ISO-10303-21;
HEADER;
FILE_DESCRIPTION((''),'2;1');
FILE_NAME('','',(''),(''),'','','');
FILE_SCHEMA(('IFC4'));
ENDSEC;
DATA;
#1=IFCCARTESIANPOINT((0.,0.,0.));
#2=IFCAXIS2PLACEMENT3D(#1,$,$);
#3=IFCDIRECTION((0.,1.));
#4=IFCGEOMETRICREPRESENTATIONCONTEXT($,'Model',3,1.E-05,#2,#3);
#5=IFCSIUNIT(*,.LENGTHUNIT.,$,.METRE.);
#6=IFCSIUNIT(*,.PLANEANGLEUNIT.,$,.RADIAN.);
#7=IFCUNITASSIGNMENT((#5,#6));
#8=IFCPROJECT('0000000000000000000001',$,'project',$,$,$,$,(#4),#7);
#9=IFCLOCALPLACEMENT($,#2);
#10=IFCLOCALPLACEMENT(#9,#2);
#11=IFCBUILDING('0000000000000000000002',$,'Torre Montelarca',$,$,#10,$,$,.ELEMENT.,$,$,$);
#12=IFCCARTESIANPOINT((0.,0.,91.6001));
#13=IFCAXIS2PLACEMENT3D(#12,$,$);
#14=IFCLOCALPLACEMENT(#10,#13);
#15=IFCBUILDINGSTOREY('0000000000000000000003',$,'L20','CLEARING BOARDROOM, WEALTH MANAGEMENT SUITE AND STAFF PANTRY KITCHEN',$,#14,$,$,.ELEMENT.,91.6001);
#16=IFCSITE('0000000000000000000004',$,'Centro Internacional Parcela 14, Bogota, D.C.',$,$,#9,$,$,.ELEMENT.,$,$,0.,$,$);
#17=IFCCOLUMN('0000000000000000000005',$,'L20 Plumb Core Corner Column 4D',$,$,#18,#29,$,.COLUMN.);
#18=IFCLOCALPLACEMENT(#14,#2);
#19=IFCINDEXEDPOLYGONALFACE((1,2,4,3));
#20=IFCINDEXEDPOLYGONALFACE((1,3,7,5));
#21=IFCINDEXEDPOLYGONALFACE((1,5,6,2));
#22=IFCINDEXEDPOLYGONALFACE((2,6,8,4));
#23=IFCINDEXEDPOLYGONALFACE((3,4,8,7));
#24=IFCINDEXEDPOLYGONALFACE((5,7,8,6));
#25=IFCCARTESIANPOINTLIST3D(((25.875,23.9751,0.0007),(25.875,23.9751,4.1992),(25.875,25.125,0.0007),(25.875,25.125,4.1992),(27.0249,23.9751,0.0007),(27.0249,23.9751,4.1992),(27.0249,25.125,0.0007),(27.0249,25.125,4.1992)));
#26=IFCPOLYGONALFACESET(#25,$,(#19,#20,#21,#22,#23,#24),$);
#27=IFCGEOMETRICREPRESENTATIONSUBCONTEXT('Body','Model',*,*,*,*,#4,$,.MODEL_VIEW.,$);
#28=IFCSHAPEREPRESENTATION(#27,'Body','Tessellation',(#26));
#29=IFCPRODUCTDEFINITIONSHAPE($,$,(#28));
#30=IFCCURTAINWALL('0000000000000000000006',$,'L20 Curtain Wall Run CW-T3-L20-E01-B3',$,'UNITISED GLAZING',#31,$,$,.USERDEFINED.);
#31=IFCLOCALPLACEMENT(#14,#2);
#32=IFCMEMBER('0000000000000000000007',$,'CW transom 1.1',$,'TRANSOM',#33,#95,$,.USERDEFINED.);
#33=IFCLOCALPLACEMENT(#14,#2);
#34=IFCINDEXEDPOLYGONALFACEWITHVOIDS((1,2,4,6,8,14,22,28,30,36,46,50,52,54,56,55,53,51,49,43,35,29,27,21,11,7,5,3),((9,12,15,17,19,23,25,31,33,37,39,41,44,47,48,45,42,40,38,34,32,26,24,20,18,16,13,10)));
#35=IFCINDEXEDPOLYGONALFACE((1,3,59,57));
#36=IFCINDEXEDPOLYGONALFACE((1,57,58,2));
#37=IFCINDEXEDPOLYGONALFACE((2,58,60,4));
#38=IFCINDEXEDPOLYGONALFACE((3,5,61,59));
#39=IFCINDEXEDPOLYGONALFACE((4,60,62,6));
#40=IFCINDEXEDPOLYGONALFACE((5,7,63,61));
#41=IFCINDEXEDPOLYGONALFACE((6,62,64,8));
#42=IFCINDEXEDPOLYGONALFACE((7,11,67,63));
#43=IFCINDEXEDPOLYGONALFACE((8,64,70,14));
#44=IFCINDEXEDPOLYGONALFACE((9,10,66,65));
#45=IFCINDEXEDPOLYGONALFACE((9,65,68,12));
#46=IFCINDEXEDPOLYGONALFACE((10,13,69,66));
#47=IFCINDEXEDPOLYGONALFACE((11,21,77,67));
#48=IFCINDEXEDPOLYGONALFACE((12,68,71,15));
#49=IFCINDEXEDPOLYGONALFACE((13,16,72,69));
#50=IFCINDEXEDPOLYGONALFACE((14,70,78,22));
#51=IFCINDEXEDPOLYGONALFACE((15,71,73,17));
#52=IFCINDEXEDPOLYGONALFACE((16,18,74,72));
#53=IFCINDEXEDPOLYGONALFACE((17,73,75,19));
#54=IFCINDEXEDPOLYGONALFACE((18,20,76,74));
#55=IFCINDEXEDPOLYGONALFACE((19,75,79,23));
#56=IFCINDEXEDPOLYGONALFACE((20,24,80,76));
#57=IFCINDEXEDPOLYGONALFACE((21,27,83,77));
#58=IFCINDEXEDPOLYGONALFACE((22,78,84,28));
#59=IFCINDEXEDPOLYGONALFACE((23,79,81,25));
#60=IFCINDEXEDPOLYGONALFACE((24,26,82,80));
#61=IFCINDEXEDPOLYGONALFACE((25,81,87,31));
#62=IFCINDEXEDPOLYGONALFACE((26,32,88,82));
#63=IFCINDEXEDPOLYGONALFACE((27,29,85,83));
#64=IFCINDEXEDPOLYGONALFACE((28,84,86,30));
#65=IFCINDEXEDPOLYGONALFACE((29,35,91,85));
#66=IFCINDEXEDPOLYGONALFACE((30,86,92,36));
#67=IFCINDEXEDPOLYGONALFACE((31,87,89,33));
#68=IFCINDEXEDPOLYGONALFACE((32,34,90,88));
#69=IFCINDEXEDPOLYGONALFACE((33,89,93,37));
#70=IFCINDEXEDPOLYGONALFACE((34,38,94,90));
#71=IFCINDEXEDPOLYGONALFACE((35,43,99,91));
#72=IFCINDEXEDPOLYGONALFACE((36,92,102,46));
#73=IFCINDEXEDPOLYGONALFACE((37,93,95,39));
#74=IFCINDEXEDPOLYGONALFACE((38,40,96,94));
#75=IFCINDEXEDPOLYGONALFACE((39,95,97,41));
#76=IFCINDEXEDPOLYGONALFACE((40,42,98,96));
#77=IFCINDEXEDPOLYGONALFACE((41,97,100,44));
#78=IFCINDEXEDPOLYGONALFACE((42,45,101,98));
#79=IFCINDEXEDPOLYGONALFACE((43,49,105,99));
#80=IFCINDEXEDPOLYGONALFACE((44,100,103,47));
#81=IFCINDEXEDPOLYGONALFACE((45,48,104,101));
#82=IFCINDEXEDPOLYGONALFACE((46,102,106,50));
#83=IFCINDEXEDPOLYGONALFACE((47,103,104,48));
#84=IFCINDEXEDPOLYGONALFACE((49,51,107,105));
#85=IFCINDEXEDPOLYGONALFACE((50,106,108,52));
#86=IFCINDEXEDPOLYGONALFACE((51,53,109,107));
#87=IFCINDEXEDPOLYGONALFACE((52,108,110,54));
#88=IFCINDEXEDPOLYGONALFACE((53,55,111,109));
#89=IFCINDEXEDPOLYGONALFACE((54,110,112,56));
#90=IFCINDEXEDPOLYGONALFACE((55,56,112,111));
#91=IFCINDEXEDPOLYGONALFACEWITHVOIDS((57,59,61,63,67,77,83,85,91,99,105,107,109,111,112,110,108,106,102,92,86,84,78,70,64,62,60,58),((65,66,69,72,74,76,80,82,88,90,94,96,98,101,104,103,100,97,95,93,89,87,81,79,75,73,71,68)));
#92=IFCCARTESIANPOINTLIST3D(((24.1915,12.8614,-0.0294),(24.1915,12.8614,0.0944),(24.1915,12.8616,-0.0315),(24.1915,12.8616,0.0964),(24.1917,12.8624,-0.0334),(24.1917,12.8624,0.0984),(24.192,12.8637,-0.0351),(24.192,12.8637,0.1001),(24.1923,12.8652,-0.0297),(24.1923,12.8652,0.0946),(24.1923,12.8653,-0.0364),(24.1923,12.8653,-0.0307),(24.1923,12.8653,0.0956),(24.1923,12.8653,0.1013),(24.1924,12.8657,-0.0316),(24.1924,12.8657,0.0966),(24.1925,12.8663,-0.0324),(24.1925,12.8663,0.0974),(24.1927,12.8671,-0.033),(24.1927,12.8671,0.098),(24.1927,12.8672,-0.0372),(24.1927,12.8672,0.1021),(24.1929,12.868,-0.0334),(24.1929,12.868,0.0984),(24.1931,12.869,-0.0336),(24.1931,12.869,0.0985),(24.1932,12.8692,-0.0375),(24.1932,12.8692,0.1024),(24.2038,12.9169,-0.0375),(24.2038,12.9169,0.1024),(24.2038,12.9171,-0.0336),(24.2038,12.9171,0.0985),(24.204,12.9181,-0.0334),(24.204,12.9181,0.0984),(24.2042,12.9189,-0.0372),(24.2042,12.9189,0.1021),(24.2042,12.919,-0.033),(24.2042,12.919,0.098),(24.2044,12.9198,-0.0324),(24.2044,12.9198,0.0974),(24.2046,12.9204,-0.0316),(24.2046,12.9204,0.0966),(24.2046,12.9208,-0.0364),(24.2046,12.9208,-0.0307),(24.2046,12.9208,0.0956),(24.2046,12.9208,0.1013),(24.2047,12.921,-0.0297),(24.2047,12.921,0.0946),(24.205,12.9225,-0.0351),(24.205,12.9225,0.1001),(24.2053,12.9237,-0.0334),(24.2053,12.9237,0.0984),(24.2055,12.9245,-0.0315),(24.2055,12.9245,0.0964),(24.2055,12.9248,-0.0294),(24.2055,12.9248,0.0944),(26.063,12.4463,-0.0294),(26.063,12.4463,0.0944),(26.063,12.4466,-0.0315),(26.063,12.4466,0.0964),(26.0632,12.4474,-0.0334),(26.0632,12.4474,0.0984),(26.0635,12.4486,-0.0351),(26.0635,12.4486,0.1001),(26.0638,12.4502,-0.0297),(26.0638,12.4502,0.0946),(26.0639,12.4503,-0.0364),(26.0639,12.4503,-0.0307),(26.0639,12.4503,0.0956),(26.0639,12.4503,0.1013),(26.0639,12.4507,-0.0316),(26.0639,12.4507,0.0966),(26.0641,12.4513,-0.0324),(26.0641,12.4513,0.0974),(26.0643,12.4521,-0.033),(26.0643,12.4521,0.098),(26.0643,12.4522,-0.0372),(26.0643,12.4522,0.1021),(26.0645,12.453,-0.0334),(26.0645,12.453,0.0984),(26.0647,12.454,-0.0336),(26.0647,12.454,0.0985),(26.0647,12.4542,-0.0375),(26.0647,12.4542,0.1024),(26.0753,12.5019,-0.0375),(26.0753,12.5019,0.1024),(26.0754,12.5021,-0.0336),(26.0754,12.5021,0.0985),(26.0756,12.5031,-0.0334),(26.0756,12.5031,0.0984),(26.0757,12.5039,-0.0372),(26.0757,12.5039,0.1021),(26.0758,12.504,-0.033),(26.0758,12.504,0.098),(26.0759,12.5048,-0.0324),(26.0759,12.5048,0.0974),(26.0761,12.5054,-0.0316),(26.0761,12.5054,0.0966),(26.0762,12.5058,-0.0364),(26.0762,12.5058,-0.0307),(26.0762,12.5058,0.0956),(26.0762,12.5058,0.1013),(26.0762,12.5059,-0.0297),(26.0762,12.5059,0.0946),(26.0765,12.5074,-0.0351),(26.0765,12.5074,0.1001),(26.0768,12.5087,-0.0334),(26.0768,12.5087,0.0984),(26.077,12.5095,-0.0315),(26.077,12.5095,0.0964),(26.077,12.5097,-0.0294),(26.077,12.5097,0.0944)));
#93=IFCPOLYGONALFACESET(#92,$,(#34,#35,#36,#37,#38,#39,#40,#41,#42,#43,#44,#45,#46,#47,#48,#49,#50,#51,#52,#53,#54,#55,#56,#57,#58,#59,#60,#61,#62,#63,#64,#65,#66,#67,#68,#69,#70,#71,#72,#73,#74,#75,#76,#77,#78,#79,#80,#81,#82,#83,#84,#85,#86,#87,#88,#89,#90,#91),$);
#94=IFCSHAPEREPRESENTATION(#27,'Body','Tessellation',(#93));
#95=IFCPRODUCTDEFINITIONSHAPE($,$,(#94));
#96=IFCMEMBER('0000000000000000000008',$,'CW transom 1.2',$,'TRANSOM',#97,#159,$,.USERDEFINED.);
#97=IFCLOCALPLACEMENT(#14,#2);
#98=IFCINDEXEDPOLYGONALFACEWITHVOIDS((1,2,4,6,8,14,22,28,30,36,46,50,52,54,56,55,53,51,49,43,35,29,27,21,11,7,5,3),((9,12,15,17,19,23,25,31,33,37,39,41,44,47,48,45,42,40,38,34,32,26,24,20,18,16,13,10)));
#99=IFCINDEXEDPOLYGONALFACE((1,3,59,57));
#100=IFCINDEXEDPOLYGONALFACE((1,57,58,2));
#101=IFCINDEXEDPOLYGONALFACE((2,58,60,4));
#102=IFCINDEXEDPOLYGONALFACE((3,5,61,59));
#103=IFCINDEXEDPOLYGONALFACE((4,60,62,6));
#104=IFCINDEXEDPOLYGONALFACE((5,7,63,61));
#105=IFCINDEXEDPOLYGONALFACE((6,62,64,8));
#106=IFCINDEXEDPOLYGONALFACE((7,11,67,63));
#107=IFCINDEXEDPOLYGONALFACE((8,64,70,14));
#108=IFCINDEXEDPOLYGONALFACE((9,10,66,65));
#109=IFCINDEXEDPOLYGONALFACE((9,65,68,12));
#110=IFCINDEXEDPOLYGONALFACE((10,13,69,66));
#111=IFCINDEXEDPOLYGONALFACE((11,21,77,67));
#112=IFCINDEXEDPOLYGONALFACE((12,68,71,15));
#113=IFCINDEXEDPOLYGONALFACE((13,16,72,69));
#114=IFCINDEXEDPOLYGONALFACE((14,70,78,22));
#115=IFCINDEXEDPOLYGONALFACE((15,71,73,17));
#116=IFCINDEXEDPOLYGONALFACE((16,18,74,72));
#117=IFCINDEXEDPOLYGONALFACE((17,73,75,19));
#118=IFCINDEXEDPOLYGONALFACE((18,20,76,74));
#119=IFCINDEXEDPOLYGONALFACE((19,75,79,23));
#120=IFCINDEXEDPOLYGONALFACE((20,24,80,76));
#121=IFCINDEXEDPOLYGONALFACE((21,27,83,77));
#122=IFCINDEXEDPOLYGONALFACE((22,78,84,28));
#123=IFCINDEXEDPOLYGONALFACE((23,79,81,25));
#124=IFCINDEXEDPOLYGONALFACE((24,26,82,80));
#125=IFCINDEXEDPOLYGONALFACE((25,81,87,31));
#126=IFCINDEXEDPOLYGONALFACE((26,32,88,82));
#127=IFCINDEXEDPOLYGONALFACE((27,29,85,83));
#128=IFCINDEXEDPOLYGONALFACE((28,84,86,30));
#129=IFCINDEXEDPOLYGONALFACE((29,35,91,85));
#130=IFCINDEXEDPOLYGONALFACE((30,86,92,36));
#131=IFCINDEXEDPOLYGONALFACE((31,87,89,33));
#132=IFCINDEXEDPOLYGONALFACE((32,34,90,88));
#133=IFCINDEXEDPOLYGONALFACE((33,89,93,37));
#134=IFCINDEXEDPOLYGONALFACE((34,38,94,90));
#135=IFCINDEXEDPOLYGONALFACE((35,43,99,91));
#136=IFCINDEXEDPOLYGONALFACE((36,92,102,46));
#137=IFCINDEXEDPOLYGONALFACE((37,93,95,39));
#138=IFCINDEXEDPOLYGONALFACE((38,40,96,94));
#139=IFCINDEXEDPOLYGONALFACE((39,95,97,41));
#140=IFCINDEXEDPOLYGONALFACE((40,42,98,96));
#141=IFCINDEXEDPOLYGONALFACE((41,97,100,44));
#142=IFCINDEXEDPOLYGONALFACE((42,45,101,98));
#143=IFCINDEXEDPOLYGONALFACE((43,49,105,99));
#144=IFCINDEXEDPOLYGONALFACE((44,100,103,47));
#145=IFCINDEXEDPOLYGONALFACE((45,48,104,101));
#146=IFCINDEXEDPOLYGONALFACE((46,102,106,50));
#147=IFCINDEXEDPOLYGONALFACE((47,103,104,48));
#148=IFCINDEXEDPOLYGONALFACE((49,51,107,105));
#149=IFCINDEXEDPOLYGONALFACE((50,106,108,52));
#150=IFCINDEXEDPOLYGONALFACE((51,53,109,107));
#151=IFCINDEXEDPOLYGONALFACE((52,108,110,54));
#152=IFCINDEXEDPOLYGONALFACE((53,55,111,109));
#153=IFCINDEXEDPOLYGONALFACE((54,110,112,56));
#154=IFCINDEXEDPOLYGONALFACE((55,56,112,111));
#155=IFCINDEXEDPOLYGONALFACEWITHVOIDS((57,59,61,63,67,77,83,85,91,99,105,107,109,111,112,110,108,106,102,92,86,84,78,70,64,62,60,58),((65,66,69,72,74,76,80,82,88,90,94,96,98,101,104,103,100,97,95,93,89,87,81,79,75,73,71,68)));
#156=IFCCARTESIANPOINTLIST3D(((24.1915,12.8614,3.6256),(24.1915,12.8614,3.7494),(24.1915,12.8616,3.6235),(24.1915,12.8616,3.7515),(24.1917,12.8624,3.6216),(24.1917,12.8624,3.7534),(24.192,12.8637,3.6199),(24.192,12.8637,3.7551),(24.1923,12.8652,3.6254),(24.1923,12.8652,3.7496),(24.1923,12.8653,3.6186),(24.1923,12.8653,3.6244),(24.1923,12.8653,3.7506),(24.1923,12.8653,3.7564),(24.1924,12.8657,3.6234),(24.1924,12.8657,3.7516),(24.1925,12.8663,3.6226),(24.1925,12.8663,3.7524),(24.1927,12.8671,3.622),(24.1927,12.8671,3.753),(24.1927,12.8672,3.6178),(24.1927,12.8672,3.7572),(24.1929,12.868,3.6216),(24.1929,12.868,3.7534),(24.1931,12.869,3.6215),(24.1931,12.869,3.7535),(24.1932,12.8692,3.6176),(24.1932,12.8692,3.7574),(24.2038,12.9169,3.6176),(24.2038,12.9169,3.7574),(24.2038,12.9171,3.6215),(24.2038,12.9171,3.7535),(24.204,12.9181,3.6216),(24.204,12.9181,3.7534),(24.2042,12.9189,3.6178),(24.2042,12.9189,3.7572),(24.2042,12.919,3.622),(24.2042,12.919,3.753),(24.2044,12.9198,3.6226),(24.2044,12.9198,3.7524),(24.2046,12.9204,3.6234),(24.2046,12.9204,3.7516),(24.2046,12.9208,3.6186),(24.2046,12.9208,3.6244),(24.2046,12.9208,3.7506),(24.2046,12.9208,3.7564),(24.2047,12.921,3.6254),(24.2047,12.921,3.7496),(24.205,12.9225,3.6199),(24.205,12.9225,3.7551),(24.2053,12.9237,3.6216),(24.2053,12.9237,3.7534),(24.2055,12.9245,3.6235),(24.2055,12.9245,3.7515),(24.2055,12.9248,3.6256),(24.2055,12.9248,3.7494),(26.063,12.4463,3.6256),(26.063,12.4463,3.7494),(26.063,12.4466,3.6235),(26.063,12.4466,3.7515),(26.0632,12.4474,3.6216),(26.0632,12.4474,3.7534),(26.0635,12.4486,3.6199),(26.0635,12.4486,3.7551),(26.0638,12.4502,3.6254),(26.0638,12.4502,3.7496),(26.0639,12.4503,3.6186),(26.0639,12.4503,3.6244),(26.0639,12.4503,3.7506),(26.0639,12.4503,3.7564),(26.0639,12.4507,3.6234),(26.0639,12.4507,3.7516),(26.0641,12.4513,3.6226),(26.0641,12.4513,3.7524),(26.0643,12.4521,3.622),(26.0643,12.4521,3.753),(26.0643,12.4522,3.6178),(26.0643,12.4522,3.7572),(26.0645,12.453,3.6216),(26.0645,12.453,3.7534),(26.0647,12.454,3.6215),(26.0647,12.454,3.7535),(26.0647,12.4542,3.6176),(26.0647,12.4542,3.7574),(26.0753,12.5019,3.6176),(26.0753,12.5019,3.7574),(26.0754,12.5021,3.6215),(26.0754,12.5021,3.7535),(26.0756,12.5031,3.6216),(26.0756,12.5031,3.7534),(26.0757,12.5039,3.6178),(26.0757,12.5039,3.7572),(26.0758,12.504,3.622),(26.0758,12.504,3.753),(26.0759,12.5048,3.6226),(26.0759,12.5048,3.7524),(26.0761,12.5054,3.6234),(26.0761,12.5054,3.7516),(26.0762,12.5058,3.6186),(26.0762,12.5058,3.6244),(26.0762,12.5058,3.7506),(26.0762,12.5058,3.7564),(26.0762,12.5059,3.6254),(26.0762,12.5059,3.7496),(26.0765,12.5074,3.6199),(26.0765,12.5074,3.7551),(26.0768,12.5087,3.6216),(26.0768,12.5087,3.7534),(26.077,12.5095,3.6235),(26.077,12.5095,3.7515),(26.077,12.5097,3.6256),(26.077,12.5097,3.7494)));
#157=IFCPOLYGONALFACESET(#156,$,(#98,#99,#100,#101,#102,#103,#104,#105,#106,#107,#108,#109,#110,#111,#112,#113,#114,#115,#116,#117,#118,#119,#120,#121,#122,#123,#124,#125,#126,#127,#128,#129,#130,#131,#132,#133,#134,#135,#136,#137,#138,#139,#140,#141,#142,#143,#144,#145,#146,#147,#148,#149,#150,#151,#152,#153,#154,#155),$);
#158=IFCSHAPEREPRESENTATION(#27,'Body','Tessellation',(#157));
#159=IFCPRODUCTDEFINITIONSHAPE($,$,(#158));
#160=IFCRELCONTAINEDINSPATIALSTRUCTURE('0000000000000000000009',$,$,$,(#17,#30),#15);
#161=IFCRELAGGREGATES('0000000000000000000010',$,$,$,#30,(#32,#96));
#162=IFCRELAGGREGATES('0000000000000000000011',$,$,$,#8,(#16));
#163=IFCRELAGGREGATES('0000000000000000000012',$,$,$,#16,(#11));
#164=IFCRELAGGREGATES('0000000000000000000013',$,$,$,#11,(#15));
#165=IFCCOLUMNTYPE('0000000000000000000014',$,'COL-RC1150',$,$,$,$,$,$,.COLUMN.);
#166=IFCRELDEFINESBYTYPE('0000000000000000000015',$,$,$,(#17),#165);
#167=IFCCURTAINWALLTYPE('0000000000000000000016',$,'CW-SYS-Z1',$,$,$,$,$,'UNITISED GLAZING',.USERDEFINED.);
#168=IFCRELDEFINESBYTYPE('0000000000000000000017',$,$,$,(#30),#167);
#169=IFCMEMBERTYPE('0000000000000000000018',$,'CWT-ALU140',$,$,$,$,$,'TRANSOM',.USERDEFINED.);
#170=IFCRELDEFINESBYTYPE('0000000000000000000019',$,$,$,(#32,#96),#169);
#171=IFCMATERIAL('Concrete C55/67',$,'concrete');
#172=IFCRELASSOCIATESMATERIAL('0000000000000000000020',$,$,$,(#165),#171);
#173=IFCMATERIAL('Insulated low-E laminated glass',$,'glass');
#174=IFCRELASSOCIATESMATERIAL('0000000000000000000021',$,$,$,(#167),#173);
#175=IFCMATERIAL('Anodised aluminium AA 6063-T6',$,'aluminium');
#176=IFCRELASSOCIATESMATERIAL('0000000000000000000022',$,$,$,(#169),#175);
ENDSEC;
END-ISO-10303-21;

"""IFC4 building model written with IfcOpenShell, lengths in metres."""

from ifc_helpers import new_model, si_unit, direction, frame, origin, origin_2d, place, context, subcontext, project, spatial, rectangle, hollow_rectangle, extrude, source, transform, mapped, material, material_profile, profile_set, type_object, element, aggregate, save


model = new_model("IFC4")

# Units and contexts
model_context = context("Model", 3, precision=1e-05, world=origin(), true_north=direction((0.0, 1.0)))
body_context = subcontext(model_context, "Body", "Model", "MODEL_VIEW")
ifc_project = project(units=[si_unit("LENGTHUNIT", "METRE"), si_unit("PLANEANGLEUNIT", "RADIAN")], contexts=[model_context])

# Site, building, storey
site_placement = place(None, origin())
site = spatial("IfcSite", under=ifc_project, at=site_placement, Name="Centro Internacional Parcela 14, Bogota, D.C.", CompositionType="ELEMENT", RefElevation=0.0)
building_placement = place(site_placement, origin())
building = spatial("IfcBuilding", under=site, at=building_placement, Name="Torre Montelarca", CompositionType="ELEMENT")
storey_placement = place(building_placement, frame((0.0, 0.0, 91.6001)))
storey = spatial("IfcBuildingStorey", under=building, at=storey_placement, Name="L20", Description="CLEARING BOARDROOM, WEALTH MANAGEMENT SUITE AND STAFF PANTRY KITCHEN", CompositionType="ELEMENT", Elevation=91.6001)

# Column
ifc_material_1 = material(Name="Concrete C55/67", Category="concrete")
ifc_material_profile_1 = material_profile(ifc_material_1, rectangle(XDim=1.1499, YDim=1.1499, at=origin_2d()), Name="RC1150X1150", Category="concrete")
ifc_profile_set_1 = profile_set([ifc_material_profile_1], Name="Concrete C55/67")
column_type_1 = type_object("IfcColumnType", Name="COL-RC1150", PredefinedType="COLUMN", material=ifc_profile_set_1)
shared_shape_1 = source(origin(), body_context, "Body", "SweptSolid", [
    extrude(rectangle(XDim=1.1499, YDim=1.1499, at=origin_2d()), origin(), (0.0, 0.0, 1.0), 4.1985),
])
column_1_placement = place(storey_placement, frame((26.45, 24.55, 0.0007), z_axis=(0.0, 0.0, 1.0), x_axis=(1.0, 0.0, 0.0)))
element("IfcColumn", 1, at=column_1_placement, inside=storey, type_object=column_type_1, Name="L20 Plumb Core Corner Column 4D", PredefinedType="COLUMN", context=body_context, shape_type="MappedRepresentation", body=[
    mapped(shared_shape_1, transform((0.0, 0.0, 0.0), scale=1.0)),
])

# Curtain wall, members
ifc_material_2 = material(Name="Insulated low-E laminated glass", Category="glass")
curtain_wall_type = type_object("IfcCurtainWallType", Name="CW-SYS-Z1", ElementType="UNITISED GLAZING", PredefinedType="USERDEFINED", material=ifc_material_2)
curtain_wall_1_placement = place(storey_placement, origin())
curtain_wall_1 = element("IfcCurtainWall", 2, at=curtain_wall_1_placement, inside=storey, type_object=curtain_wall_type, Name="L20 Curtain Wall Run CW-T3-L20-E01-B3", ObjectType="UNITISED GLAZING", PredefinedType="USERDEFINED")
ifc_material_3 = material(Name="Anodised aluminium AA 6063-T6", Category="aluminium")
ifc_material_profile_2 = material_profile(ifc_material_3, hollow_rectangle(XDim=0.0649, YDim=0.1399, WallThickness=0.0039, InnerFilletRadius=0.0039, OuterFilletRadius=0.0081, at=origin_2d()), Name="ALU65X140X4", Category="aluminium")
ifc_profile_set_2 = profile_set([ifc_material_profile_2], Name="Anodised aluminium AA 6063-T6")
member_type_1 = type_object("IfcMemberType", Name="CWT-ALU140", ElementType="TRANSOM", PredefinedType="USERDEFINED", material=ifc_profile_set_2)
shared_shape_2 = source(origin(), body_context, "Body", "SweptSolid", [
    extrude(hollow_rectangle(XDim=0.0649, YDim=0.1399, WallThickness=0.0039, InnerFilletRadius=0.0039, OuterFilletRadius=0.0081, at=origin_2d()), origin(), (0.0, 0.0, 1.0), 1.917),
])
member_1_placement = place(storey_placement, frame((24.1985, 12.8931, 0.0325), z_axis=(0.976283, -0.216499, 0.0), x_axis=(0.216499, 0.976283, 0.0)))
member_1 = element("IfcMember", 3, at=member_1_placement, type_object=member_type_1, Name="CW transom 1.1", ObjectType="TRANSOM", PredefinedType="USERDEFINED", context=body_context, shape_type="MappedRepresentation", body=[
    mapped(shared_shape_2, transform((0.0, 0.0, 0.0), scale=1.0)),
])
member_2_placement = place(storey_placement, frame((24.1985, 12.8931, 3.6875), z_axis=(0.976283, -0.216499, 0.0), x_axis=(0.216499, 0.976283, 0.0)))
member_2 = element("IfcMember", 4, at=member_2_placement, type_object=member_type_1, Name="CW transom 1.2", ObjectType="TRANSOM", PredefinedType="USERDEFINED", context=body_context, shape_type="MappedRepresentation", body=[
    mapped(shared_shape_2, transform((0.0, 0.0, 0.0), scale=1.0)),
])

aggregate(curtain_wall_1, [member_1, member_2])

save(model, "model.ifc")
